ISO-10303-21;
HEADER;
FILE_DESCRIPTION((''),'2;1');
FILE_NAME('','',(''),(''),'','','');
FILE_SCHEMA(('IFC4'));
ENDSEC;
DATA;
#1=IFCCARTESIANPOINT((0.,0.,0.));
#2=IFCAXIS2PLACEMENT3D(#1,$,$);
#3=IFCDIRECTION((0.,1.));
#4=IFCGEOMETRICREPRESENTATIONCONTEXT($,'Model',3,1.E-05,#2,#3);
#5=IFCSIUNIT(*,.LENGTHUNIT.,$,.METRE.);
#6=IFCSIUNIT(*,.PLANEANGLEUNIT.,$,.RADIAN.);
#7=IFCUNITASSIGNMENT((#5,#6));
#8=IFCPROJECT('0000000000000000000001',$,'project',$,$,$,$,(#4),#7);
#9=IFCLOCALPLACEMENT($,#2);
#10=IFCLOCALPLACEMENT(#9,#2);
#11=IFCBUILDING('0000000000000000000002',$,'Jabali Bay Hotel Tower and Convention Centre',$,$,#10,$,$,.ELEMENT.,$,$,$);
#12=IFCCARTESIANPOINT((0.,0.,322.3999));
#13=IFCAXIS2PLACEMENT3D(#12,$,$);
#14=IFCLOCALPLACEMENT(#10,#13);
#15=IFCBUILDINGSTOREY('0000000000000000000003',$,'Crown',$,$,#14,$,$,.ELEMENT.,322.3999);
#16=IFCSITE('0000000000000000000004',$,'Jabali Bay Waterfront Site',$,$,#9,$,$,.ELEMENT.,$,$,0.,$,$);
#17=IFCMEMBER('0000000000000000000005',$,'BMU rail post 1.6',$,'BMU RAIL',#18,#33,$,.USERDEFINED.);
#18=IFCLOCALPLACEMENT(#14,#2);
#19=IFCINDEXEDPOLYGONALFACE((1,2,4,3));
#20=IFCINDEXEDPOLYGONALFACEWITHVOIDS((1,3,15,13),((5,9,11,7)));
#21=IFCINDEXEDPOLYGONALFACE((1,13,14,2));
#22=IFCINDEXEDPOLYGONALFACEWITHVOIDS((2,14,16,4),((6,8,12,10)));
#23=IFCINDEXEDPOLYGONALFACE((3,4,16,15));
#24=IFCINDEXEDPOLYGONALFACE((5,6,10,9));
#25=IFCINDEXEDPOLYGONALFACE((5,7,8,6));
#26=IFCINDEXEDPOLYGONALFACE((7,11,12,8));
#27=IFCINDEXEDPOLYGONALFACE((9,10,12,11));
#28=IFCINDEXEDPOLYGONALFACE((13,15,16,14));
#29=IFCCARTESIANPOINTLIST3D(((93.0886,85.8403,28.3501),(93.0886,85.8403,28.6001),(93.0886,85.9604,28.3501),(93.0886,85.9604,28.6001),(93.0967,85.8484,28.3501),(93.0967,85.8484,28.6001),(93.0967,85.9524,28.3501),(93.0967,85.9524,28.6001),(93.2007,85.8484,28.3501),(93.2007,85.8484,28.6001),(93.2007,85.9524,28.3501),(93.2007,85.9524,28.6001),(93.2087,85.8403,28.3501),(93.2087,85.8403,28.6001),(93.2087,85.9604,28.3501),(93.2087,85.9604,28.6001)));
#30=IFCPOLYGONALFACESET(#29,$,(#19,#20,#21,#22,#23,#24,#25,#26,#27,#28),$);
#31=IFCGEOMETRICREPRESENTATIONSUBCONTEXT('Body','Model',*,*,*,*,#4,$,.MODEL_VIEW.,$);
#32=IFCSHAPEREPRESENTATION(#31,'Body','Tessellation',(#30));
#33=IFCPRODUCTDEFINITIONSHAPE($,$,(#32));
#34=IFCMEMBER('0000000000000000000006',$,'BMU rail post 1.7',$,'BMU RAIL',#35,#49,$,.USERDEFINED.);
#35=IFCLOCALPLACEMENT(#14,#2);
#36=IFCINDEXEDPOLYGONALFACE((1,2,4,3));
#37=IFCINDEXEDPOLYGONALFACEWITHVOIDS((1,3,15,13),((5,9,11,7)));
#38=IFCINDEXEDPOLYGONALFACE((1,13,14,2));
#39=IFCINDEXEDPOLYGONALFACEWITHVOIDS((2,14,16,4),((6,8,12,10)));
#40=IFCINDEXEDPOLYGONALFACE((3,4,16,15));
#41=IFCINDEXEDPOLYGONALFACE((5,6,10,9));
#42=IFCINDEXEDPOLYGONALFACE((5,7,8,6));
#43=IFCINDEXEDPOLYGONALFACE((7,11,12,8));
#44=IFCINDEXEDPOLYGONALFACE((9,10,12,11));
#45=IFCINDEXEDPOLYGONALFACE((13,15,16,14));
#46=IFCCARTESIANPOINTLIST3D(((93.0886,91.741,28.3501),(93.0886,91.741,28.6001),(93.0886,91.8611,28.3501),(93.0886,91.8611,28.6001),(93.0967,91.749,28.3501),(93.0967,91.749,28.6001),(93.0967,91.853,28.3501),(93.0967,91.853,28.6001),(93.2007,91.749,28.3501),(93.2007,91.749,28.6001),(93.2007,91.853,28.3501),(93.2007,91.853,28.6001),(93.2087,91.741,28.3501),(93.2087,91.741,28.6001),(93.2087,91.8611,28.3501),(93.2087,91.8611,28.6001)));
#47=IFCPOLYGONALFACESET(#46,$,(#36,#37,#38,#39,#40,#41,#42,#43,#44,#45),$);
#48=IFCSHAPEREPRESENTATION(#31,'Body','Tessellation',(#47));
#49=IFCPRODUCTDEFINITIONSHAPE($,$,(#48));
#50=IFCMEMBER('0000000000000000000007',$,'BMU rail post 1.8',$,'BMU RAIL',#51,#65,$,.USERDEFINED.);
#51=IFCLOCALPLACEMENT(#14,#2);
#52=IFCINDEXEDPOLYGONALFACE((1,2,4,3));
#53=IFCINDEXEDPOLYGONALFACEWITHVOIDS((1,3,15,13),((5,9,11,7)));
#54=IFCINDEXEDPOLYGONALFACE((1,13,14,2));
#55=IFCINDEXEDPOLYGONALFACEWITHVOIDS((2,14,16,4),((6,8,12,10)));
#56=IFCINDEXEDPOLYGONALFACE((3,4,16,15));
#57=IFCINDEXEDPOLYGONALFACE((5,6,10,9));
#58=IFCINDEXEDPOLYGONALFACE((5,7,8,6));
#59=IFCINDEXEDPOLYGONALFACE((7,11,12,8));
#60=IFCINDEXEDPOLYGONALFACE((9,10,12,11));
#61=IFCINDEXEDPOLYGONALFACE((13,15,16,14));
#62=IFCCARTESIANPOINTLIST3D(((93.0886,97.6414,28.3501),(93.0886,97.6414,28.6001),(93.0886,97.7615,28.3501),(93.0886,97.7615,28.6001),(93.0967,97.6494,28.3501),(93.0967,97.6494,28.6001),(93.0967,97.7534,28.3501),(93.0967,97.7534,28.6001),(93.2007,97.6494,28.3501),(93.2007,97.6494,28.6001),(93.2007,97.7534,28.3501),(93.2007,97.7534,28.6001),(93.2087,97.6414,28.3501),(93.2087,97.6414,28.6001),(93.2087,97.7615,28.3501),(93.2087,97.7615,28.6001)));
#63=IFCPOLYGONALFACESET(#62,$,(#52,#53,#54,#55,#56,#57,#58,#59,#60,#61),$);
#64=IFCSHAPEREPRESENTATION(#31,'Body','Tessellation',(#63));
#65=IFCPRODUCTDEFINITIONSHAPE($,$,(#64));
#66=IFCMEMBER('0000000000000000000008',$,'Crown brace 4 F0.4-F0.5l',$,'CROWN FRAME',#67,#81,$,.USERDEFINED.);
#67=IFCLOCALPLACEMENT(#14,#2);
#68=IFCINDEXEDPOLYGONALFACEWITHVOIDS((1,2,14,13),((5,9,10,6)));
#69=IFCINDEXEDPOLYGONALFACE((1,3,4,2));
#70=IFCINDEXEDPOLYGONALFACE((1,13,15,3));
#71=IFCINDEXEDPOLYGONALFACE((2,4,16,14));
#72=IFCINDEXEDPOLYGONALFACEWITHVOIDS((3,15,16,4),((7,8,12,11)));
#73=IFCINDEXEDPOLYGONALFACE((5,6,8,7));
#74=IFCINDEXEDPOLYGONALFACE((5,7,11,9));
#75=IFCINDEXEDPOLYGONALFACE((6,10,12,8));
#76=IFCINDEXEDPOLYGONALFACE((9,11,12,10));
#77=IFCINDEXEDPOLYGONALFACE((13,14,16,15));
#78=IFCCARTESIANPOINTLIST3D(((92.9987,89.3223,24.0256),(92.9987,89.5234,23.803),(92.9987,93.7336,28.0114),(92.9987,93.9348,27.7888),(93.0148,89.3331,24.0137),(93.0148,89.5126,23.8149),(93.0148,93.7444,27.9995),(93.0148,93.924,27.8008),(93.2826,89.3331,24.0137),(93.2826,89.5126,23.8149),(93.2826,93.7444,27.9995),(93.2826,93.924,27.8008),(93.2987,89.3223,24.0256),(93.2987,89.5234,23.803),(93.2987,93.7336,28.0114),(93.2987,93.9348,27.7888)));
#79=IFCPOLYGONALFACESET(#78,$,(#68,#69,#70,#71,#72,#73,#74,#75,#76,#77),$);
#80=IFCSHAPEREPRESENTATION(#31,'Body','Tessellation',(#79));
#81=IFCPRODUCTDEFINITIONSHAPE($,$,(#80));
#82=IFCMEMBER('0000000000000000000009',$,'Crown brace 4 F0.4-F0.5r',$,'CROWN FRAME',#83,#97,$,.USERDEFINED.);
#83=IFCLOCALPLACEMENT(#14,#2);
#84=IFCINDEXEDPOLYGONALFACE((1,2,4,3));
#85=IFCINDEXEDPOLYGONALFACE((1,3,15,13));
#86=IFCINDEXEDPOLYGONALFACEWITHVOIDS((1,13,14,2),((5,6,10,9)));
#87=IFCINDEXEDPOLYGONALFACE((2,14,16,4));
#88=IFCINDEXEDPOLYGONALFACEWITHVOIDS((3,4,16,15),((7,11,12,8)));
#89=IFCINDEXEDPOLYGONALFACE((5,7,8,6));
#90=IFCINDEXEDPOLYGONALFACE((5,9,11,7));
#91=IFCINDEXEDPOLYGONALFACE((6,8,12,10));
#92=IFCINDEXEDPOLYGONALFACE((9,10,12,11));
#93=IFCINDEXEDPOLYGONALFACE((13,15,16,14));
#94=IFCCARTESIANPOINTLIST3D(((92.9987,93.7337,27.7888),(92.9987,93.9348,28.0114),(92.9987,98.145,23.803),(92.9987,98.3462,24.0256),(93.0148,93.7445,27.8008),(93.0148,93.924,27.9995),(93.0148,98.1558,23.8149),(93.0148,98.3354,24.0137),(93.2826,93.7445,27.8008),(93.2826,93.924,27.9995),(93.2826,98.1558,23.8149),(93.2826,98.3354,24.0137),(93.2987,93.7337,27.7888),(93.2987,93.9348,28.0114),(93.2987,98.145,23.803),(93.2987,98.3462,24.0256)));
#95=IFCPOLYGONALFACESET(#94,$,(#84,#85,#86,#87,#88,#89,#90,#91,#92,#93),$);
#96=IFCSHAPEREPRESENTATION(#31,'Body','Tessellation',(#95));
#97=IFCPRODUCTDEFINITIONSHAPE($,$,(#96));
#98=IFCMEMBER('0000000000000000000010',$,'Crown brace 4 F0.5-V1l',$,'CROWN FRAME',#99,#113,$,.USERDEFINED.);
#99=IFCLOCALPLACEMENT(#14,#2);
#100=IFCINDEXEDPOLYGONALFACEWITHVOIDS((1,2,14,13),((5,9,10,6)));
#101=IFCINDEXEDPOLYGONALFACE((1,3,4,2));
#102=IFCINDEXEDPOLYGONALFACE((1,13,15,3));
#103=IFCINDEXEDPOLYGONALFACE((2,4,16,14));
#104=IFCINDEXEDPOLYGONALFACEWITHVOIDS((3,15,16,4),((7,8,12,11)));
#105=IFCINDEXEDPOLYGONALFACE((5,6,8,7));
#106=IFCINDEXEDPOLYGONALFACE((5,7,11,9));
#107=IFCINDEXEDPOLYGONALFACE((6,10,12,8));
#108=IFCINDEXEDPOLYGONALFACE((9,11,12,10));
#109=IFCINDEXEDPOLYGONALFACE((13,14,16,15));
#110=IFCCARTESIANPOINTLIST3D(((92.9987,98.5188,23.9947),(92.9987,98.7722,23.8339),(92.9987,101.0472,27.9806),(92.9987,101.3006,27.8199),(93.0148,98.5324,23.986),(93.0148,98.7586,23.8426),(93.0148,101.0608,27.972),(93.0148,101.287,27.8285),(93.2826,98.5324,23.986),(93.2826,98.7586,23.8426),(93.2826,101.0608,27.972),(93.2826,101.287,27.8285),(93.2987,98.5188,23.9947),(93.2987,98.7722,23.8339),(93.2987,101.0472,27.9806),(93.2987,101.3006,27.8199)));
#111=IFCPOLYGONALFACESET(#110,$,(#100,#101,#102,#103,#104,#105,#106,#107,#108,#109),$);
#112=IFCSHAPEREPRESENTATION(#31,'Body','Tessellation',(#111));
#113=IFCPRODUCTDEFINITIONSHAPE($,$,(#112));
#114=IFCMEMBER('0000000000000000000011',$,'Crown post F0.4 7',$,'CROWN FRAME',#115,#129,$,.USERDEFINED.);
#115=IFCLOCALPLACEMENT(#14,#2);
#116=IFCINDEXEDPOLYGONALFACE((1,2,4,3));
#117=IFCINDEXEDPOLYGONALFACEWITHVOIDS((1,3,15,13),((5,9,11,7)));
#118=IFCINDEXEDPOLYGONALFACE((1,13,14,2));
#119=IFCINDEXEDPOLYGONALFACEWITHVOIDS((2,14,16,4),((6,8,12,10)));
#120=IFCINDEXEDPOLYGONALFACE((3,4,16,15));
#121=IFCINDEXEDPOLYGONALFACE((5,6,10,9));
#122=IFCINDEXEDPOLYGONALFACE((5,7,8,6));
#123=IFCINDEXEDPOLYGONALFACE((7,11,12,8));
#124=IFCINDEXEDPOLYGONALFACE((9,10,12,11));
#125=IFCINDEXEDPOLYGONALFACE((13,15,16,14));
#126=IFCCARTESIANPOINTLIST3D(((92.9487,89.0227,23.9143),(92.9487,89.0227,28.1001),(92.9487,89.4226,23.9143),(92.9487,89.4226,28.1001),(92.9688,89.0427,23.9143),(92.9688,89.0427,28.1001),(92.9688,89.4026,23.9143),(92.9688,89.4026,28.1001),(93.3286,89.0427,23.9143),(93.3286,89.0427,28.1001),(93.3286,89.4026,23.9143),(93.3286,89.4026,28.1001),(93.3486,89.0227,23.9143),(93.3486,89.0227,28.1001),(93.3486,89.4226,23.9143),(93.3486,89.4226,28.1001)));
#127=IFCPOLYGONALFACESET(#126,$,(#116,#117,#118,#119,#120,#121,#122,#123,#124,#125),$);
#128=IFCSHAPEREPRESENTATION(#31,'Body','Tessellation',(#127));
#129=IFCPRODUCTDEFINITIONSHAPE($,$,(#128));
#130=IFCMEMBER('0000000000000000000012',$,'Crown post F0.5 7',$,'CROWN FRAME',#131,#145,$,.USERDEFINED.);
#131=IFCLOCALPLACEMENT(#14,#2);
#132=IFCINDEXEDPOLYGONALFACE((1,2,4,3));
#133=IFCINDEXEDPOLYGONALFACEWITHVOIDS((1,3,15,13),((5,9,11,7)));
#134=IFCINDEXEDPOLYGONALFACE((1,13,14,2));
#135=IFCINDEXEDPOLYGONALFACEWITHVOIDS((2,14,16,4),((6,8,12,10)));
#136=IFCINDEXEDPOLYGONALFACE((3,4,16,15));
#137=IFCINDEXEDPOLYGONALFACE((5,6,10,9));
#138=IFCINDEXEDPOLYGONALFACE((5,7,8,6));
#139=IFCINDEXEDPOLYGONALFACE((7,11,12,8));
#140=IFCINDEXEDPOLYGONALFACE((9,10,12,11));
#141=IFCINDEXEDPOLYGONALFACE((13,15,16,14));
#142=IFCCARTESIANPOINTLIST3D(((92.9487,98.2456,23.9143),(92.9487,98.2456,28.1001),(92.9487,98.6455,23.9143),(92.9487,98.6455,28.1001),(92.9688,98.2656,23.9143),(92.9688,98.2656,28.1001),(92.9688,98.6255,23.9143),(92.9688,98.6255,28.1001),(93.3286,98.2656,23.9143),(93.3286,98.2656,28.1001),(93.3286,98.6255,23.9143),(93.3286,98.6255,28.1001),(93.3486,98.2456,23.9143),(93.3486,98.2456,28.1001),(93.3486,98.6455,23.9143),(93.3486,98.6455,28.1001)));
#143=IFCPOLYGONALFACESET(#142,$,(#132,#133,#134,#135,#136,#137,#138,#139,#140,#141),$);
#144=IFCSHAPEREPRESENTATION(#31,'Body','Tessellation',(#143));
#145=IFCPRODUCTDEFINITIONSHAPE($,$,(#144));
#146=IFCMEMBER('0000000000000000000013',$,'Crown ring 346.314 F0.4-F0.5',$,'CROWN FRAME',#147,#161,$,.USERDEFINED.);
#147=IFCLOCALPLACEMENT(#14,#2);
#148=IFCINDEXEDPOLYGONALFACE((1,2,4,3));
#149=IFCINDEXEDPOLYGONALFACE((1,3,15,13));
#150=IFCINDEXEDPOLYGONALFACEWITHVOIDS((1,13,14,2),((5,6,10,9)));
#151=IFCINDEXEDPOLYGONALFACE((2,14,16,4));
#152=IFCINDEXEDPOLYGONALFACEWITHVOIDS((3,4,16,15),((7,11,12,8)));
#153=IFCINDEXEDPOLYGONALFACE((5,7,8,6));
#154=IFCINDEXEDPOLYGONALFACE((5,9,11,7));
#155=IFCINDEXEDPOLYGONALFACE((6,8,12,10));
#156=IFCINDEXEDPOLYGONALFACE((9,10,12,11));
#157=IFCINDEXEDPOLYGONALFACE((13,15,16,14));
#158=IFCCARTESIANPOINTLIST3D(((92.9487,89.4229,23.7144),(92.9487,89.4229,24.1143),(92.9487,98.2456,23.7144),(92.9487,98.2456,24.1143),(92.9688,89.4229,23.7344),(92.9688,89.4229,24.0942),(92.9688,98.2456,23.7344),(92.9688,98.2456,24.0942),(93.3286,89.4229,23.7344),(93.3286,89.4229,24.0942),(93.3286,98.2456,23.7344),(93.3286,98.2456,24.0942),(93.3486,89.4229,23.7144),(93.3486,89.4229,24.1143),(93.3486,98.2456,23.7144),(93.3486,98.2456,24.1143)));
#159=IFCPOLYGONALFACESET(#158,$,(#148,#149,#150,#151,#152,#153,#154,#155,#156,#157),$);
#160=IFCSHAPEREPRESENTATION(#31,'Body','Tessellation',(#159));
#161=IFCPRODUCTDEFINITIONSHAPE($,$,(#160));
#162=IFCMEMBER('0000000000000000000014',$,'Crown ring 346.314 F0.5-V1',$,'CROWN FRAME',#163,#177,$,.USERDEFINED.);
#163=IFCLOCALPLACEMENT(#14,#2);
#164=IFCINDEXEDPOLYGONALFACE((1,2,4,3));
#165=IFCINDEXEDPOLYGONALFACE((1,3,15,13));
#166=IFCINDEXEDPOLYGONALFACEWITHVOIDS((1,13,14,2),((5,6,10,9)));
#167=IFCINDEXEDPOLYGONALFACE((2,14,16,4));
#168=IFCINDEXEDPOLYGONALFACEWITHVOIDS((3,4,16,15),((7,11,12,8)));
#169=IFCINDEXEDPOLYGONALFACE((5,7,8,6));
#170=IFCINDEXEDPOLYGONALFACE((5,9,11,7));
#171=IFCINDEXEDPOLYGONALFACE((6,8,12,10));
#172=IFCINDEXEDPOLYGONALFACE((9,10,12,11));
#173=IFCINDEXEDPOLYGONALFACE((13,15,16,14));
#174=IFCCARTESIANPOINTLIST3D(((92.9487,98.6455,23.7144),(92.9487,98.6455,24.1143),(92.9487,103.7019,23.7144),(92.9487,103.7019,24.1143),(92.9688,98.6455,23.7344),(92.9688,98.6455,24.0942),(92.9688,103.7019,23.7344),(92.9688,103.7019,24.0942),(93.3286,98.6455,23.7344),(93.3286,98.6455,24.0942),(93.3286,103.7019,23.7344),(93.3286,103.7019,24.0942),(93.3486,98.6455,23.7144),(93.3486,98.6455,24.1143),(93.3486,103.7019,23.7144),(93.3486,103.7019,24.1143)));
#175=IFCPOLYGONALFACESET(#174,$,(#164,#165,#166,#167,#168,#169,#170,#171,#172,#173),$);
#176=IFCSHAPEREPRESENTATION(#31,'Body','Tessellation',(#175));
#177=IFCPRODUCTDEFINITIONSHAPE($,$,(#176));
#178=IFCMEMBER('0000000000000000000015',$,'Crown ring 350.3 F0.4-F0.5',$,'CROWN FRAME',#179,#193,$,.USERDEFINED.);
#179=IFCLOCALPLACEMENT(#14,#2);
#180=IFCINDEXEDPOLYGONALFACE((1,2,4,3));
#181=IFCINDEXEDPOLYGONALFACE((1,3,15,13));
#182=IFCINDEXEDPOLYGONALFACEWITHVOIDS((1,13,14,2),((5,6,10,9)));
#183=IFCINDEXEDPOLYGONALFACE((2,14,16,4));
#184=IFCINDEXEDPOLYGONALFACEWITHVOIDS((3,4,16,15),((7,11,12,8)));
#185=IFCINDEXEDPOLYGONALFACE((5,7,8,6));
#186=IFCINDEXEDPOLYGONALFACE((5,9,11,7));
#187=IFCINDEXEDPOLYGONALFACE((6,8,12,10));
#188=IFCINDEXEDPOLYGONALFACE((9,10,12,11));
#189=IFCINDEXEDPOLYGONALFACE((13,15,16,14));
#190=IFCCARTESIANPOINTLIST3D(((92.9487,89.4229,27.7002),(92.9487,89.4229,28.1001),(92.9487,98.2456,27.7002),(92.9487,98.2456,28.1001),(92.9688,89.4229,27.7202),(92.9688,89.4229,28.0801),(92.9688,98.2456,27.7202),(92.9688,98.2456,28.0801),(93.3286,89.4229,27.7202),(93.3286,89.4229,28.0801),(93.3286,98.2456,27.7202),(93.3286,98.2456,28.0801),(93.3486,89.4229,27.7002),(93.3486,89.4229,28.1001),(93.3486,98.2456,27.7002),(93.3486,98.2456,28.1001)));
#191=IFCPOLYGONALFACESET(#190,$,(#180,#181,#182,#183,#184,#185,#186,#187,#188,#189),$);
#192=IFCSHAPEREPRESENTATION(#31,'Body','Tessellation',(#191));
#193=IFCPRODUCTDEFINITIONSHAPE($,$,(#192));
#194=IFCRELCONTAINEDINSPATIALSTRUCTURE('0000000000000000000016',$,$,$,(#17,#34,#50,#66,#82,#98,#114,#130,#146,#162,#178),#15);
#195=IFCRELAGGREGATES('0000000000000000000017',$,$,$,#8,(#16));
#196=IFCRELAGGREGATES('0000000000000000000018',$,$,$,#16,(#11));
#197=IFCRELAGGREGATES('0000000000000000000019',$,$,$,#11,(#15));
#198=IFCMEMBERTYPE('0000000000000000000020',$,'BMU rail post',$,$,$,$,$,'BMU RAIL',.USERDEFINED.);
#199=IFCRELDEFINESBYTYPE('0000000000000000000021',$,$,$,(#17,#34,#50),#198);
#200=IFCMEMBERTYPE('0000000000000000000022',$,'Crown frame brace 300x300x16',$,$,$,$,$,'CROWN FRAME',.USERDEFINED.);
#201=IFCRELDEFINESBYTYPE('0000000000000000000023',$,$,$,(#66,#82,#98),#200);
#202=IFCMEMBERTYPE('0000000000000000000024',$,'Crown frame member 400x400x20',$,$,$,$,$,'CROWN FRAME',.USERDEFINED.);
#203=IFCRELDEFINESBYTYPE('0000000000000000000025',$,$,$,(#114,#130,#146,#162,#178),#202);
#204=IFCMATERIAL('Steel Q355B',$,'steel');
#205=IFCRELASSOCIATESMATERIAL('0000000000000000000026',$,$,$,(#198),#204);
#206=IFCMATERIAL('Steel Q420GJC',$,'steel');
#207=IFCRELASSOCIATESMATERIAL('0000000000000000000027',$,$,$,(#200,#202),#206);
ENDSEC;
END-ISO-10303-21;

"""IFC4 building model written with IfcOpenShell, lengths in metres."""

from ifc_helpers import new_model, si_unit, direction, frame, origin, origin_2d, place, context, subcontext, project, spatial, hollow_rectangle, extrude, material, material_profile, profile_set, type_object, element, save


model = new_model("IFC4")

# Units and contexts
model_context = context("Model", 3, precision=1e-05, world=origin(), true_north=direction((0.0, 1.0)))
body_context = subcontext(model_context, "Body", "Model", "MODEL_VIEW")
ifc_project = project(units=[si_unit("LENGTHUNIT", "METRE"), si_unit("PLANEANGLEUNIT", "RADIAN")], contexts=[model_context])

# Site, building, storey
site_placement = place(None, origin())
site = spatial("IfcSite", under=ifc_project, at=site_placement, Name="Jabali Bay Waterfront Site", CompositionType="ELEMENT", RefElevation=0.0)
building_placement = place(site_placement, origin())
building = spatial("IfcBuilding", under=site, at=building_placement, Name="Jabali Bay Hotel Tower and Convention Centre", CompositionType="ELEMENT")
storey_placement = place(building_placement, frame((0.0, 0.0, 322.3999)))
storey = spatial("IfcBuildingStorey", under=building, at=storey_placement, Name="Crown", CompositionType="ELEMENT", Elevation=322.3999)

# Members
ifc_material_1 = material(Name="Steel Q355B", Category="steel")
ifc_material_profile_1 = material_profile(ifc_material_1, hollow_rectangle(XDim=0.1201, YDim=0.1201, WallThickness=0.0081, at=origin_2d()), Name="BMU rail post")
ifc_profile_set_1 = profile_set([ifc_material_profile_1], Name="Steel Q355B")
member_type_1 = type_object("IfcMemberType", Name="BMU rail post", ElementType="BMU RAIL", PredefinedType="USERDEFINED", material=ifc_profile_set_1)
for number, where, z_axis, x_axis, name in (
    (1, (93.1487, 85.9004, 28.3501), (0.0, 0.0, 1.0), (1.0, 0.0, 0.0), "BMU rail post 1.6"),
    (2, (93.1487, 91.801, 28.3501), (0.0, 0.0, 1.0), (1.0, 0.0, 0.0), "BMU rail post 1.7"),
    (3, (93.1487, 97.7014, 28.3501), (0.0, 0.0, 1.0), (1.0, 0.0, 0.0), "BMU rail post 1.8"),
):
    element("IfcMember", number, at=place(storey_placement, frame(where, z_axis=z_axis, x_axis=x_axis)), inside=storey, type_object=member_type_1, Name=name, ObjectType="BMU RAIL", PredefinedType="USERDEFINED", context=body_context, shape_type="SweptSolid", body=[
        extrude(hollow_rectangle(XDim=0.1201, YDim=0.1201, WallThickness=0.0081, at=origin_2d()), origin(), (0.0, 0.0, 1.0), 0.25),
    ])
ifc_material_2 = material(Name="Steel Q420GJC", Category="steel")
ifc_material_profile_2 = material_profile(ifc_material_2, hollow_rectangle(XDim=0.3, YDim=0.3, WallThickness=0.0161, at=origin_2d()), Name="Crown frame brace 300x300x16")
ifc_profile_set_2 = profile_set([ifc_material_profile_2], Name="Steel Q420GJC")
member_type_2 = type_object("IfcMemberType", Name="Crown frame brace 300x300x16", ElementType="CROWN FRAME", PredefinedType="USERDEFINED", material=ifc_profile_set_2)
for number, where, z_axis, x_axis, name in (
    (4, (93.1487, 89.4229, 23.9143), (0.0, 0.741988, 0.670413), (-1.0, 0.0, 0.0), "Crown brace 4 F0.4-F0.5l"),
    (5, (93.1487, 98.2456, 23.9143), (0.0, -0.741988, 0.670413), (1.0, 0.0, 0.0), "Crown brace 4 F0.4-F0.5r"),
):
    element("IfcMember", number, at=place(storey_placement, frame(where, z_axis=z_axis, x_axis=x_axis)), inside=storey, type_object=member_type_2, Name=name, ObjectType="CROWN FRAME", PredefinedType="USERDEFINED", context=body_context, shape_type="SweptSolid", body=[
        extrude(hollow_rectangle(XDim=0.3, YDim=0.3, WallThickness=0.0161, at=origin_2d()), origin(), (0.0, 0.0, 1.0), 5.9453),
    ])
member_1_placement = place(storey_placement, frame((93.1487, 98.6455, 23.9143), z_axis=(0.0, 0.53565, 0.84444), x_axis=(-1.0, 0.0, 0.0)))
element("IfcMember", 6, at=member_1_placement, inside=storey, type_object=member_type_2, Name="Crown brace 4 F0.5-V1l", ObjectType="CROWN FRAME", PredefinedType="USERDEFINED", context=body_context, shape_type="SweptSolid", body=[
    extrude(hollow_rectangle(XDim=0.3, YDim=0.3, WallThickness=0.0161, at=origin_2d()), origin(), (0.0, 0.0, 1.0), 4.7202),
])
ifc_material_profile_3 = material_profile(ifc_material_2, hollow_rectangle(XDim=0.3999, YDim=0.3999, WallThickness=0.02, at=origin_2d()), Name="Crown frame member 400x400x20")
ifc_profile_set_3 = profile_set([ifc_material_profile_3], Name="Steel Q420GJC")
member_type_3 = type_object("IfcMemberType", Name="Crown frame member 400x400x20", ElementType="CROWN FRAME", PredefinedType="USERDEFINED", material=ifc_profile_set_3)
for number, where, z_axis, x_axis, name in (
    (7, (93.1487, 89.2227, 23.9143), (0.0, 0.0, 1.0), (1.0, 0.0, 0.0), "Crown post F0.4 7"),
    (8, (93.1487, 98.4456, 23.9143), (0.0, 0.0, 1.0), (1.0, 0.0, 0.0), "Crown post F0.5 7"),
):
    element("IfcMember", number, at=place(storey_placement, frame(where, z_axis=z_axis, x_axis=x_axis)), inside=storey, type_object=member_type_3, Name=name, ObjectType="CROWN FRAME", PredefinedType="USERDEFINED", context=body_context, shape_type="SweptSolid", body=[
        extrude(hollow_rectangle(XDim=0.3999, YDim=0.3999, WallThickness=0.02, at=origin_2d()), origin(), (0.0, 0.0, 1.0), 4.1858),
    ])
member_2_placement = place(storey_placement, frame((93.1487, 89.4229, 23.9143), z_axis=(0.0, 1.0, 0.0), x_axis=(-1.0, 0.0, 0.0)))
element("IfcMember", 9, at=member_2_placement, inside=storey, type_object=member_type_3, Name="Crown ring 346.314 F0.4-F0.5", ObjectType="CROWN FRAME", PredefinedType="USERDEFINED", context=body_context, shape_type="SweptSolid", body=[
    extrude(hollow_rectangle(XDim=0.3999, YDim=0.3999, WallThickness=0.02, at=origin_2d()), origin(), (0.0, 0.0, 1.0), 8.8228),
])
member_3_placement = place(storey_placement, frame((93.1487, 98.6455, 23.9143), z_axis=(0.0, 1.0, 0.0), x_axis=(-1.0, 0.0, 0.0)))
element("IfcMember", 10, at=member_3_placement, inside=storey, type_object=member_type_3, Name="Crown ring 346.314 F0.5-V1", ObjectType="CROWN FRAME", PredefinedType="USERDEFINED", context=body_context, shape_type="SweptSolid", body=[
    extrude(hollow_rectangle(XDim=0.3999, YDim=0.3999, WallThickness=0.02, at=origin_2d()), origin(), (0.0, 0.0, 1.0), 5.0564),
])
member_4_placement = place(storey_placement, frame((93.1487, 89.4229, 27.9001), z_axis=(0.0, 1.0, 0.0), x_axis=(-1.0, 0.0, 0.0)))
element("IfcMember", 11, at=member_4_placement, inside=storey, type_object=member_type_3, Name="Crown ring 350.3 F0.4-F0.5", ObjectType="CROWN FRAME", PredefinedType="USERDEFINED", context=body_context, shape_type="SweptSolid", body=[
    extrude(hollow_rectangle(XDim=0.3999, YDim=0.3999, WallThickness=0.02, at=origin_2d()), origin(), (0.0, 0.0, 1.0), 8.8228),
])

save(model, "model.ifc")
